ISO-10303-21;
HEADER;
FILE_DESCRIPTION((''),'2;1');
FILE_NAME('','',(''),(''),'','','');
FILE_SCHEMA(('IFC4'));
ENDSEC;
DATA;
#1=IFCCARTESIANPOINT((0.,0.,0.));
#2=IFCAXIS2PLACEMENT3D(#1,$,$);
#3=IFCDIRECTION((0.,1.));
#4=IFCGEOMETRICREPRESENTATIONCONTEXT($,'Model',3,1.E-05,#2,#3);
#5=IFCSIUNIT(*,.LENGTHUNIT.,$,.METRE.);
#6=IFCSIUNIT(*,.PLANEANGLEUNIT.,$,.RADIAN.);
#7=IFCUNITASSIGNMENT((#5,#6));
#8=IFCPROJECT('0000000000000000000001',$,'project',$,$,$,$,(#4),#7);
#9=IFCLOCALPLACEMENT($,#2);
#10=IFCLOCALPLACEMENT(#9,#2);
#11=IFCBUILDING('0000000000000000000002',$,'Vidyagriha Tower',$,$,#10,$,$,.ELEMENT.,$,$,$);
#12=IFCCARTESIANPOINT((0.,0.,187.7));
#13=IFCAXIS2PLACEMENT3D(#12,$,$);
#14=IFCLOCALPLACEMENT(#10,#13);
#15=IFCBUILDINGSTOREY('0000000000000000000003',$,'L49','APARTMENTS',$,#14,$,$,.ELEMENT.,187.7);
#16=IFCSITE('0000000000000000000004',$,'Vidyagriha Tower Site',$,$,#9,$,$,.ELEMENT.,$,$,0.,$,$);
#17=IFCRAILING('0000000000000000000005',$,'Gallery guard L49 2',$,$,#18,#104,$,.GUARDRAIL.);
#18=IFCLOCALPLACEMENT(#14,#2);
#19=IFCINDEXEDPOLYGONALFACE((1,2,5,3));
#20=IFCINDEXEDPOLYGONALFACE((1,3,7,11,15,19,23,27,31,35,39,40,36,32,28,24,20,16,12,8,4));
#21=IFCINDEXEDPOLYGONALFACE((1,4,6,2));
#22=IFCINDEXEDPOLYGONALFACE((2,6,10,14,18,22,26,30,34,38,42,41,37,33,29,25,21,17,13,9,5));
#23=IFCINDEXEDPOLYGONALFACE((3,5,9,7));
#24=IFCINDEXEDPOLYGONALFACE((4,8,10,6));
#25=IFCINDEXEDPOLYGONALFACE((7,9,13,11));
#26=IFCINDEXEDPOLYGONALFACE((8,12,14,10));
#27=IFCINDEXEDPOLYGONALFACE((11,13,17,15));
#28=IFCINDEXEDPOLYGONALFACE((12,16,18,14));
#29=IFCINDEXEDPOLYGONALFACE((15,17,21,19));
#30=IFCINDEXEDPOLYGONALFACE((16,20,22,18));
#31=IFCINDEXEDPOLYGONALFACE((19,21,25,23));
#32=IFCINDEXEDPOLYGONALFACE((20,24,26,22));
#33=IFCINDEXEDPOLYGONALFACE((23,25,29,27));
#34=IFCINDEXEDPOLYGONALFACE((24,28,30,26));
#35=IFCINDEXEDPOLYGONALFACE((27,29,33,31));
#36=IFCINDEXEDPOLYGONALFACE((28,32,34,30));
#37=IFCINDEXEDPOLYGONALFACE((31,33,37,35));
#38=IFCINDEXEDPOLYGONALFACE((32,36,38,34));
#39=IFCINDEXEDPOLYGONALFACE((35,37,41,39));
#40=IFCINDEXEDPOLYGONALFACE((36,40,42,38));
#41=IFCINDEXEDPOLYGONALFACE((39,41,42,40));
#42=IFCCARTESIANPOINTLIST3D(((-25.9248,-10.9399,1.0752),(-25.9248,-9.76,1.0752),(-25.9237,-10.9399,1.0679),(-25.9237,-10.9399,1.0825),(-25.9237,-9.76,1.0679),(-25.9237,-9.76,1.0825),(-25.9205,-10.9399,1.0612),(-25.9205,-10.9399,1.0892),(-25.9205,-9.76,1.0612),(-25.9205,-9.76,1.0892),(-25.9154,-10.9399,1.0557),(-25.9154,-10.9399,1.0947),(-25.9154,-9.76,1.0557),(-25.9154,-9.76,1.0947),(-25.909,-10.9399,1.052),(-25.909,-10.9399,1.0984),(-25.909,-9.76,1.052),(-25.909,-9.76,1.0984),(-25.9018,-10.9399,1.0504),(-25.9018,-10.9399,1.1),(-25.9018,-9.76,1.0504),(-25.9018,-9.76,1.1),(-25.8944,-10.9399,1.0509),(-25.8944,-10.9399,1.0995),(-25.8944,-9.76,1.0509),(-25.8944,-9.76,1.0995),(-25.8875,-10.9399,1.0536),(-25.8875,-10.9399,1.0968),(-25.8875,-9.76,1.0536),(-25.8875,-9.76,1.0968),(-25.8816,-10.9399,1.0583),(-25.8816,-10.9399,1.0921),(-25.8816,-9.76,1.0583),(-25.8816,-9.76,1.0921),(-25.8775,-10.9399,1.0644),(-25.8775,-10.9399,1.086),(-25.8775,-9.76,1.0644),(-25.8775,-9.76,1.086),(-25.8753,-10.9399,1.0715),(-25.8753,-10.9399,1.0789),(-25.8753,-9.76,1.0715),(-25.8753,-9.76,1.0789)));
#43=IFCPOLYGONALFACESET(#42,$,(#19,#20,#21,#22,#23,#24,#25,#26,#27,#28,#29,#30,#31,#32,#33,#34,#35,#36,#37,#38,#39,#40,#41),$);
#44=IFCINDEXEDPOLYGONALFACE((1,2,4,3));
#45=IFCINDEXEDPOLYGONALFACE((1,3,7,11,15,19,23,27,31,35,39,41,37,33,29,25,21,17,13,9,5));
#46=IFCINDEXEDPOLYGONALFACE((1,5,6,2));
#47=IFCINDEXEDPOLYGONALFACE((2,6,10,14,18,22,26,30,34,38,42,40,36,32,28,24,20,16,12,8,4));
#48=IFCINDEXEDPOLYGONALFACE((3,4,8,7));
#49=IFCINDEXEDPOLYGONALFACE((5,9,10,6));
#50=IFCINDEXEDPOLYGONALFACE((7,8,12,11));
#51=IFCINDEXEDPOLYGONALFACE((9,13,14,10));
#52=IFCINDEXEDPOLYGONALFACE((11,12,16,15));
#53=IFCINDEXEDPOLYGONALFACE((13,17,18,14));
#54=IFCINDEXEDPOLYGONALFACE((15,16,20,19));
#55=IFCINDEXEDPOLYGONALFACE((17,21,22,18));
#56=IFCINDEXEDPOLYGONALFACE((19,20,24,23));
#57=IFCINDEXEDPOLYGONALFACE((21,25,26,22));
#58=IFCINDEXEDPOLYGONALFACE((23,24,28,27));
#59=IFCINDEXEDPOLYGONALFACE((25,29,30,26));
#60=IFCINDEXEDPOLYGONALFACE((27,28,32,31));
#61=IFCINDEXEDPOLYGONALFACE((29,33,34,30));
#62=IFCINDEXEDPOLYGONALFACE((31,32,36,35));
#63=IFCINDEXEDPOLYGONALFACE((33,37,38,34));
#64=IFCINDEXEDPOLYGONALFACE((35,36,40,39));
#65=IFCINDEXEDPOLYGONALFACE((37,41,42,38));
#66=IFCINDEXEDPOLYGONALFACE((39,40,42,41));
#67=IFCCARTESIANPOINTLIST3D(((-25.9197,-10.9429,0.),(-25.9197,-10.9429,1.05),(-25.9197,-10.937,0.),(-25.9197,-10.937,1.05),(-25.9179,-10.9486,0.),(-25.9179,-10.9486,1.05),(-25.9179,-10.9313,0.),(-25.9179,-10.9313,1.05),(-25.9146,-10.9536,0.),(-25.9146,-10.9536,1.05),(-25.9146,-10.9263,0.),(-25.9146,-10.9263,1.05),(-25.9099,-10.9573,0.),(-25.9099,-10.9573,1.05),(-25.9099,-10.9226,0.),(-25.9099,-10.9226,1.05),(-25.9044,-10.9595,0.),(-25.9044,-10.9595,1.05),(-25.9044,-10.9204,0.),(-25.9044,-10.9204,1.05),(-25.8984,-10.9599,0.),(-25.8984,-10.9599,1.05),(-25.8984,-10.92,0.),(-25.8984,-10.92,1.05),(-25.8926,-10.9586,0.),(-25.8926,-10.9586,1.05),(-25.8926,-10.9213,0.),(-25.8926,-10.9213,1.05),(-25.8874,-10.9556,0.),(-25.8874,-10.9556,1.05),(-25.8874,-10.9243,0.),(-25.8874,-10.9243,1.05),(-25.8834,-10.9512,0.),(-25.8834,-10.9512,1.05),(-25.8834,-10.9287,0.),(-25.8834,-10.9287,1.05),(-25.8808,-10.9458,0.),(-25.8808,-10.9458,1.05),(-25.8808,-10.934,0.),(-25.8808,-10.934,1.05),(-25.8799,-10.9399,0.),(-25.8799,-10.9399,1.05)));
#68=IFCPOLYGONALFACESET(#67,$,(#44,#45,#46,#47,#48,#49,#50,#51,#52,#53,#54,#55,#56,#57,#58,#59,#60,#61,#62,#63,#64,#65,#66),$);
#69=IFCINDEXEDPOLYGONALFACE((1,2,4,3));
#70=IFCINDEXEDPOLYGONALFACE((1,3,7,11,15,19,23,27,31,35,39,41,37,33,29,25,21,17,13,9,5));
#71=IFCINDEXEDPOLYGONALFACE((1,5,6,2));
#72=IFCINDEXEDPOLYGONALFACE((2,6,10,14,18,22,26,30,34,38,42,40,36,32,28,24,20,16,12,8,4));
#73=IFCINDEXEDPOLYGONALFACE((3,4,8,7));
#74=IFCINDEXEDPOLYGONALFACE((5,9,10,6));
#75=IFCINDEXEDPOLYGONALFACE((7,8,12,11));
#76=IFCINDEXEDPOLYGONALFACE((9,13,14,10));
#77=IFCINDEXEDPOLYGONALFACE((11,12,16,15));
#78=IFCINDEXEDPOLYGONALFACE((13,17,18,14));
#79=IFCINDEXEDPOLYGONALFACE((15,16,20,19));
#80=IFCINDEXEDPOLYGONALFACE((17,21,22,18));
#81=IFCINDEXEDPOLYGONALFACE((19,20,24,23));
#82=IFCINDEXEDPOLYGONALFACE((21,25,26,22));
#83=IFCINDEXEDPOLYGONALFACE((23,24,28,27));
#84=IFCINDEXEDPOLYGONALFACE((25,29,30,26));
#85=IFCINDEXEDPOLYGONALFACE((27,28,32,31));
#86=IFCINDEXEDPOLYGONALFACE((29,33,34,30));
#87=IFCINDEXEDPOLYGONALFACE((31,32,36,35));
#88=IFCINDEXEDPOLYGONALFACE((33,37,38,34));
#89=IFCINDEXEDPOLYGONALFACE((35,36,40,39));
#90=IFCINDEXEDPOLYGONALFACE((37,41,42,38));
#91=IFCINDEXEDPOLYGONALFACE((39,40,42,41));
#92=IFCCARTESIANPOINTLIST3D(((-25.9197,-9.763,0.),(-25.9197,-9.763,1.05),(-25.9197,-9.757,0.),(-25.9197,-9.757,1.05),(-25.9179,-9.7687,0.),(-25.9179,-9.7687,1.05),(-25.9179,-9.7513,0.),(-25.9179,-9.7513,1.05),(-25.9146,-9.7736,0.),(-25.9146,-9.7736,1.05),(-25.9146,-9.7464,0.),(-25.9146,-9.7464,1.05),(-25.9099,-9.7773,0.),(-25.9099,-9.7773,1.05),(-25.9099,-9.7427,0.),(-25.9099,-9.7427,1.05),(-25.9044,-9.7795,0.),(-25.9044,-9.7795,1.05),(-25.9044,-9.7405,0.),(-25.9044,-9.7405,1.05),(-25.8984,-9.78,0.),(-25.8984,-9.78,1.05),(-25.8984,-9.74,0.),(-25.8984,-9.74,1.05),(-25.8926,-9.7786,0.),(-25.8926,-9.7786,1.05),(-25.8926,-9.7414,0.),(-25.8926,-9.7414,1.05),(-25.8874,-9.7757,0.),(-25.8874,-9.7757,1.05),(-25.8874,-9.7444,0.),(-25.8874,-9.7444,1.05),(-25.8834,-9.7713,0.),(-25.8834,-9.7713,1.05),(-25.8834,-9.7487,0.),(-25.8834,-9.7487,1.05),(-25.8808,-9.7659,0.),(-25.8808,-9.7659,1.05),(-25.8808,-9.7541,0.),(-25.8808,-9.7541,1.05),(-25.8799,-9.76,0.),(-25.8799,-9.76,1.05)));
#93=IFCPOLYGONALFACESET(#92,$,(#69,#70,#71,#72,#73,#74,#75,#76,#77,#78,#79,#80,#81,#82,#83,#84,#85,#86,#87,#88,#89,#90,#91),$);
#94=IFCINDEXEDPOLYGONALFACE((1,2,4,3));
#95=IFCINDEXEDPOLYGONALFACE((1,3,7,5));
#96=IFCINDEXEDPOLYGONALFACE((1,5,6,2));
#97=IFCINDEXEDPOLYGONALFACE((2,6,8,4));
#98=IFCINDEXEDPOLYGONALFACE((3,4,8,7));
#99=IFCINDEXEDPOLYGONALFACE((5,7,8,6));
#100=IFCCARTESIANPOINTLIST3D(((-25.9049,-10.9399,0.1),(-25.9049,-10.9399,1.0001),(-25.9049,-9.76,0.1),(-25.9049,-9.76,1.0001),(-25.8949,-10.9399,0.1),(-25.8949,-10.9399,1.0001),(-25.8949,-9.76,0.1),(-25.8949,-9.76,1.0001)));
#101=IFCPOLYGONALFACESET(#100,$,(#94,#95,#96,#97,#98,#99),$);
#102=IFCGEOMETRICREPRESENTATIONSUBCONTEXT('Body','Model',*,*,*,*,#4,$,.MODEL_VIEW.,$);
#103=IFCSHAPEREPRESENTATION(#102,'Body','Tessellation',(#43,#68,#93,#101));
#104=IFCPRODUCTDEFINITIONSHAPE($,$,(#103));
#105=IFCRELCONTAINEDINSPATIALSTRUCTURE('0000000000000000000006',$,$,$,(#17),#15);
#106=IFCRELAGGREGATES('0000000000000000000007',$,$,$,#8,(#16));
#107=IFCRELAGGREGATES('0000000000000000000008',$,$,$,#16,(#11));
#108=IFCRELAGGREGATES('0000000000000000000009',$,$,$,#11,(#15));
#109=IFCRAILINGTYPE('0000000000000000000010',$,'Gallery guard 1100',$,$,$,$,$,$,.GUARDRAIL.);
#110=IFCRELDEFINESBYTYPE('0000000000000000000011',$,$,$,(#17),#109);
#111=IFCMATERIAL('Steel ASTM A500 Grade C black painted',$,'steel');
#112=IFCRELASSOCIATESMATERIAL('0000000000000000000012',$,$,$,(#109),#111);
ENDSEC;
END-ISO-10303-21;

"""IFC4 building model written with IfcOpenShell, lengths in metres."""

from ifc_helpers import new_model, si_unit, direction, frame, origin, origin_2d, place, context, subcontext, project, spatial, rectangle, circle, extrude, material, type_object, element, save


model = new_model("IFC4")

# Units and contexts
model_context = context("Model", 3, precision=1e-05, world=origin(), true_north=direction((0.0, 1.0)))
body_context = subcontext(model_context, "Body", "Model", "MODEL_VIEW")
ifc_project = project(units=[si_unit("LENGTHUNIT", "METRE"), si_unit("PLANEANGLEUNIT", "RADIAN")], contexts=[model_context])

# Site, building, storey
site_placement = place(None, origin())
site = spatial("IfcSite", under=ifc_project, at=site_placement, Name="Vidyagriha Tower Site", CompositionType="ELEMENT", RefElevation=0.0)
building_placement = place(site_placement, origin())
building = spatial("IfcBuilding", under=site, at=building_placement, Name="Vidyagriha Tower", CompositionType="ELEMENT")
storey_placement = place(building_placement, frame((0.0, 0.0, 187.7)))
storey = spatial("IfcBuildingStorey", under=building, at=storey_placement, Name="L49", Description="APARTMENTS", CompositionType="ELEMENT", Elevation=187.7)

# Railing
ifc_material_1 = material(Name="Steel ASTM A500 Grade C black painted", Category="steel")
railing_type_1 = type_object("IfcRailingType", Name="Gallery guard 1100", PredefinedType="GUARDRAIL", material=ifc_material_1)
railing_1_placement = place(storey_placement, frame((-25.8999, -10.9399, 0.0)))
element("IfcRailing", 1, at=railing_1_placement, inside=storey, type_object=railing_type_1, Name="Gallery guard L49 2", PredefinedType="GUARDRAIL", context=body_context, shape_type="SweptSolid", body=[
    extrude(circle(Radius=0.0249, at=origin_2d()), frame((0.0, 0.0, 1.0752), z_axis=(0.0, 1.0, 0.0), x_axis=(-1.0, 0.0, 0.0)), (0.0, 0.0, 1.0), 1.1799),
    extrude(circle(Radius=0.02, at=origin_2d()), origin(), (0.0, 0.0, 1.0), 1.05),
    extrude(circle(Radius=0.02, at=origin_2d()), frame((0.0, 1.1799, 0.0)), (0.0, 0.0, 1.0), 1.05),
    extrude(rectangle(XDim=0.01, YDim=0.9001, at=origin_2d()), frame((0.0, 0.0, 0.55), z_axis=(0.0, 1.0, 0.0), x_axis=(-1.0, 0.0, 0.0)), (0.0, 0.0, 1.0), 1.1799),
])

save(model, "model.ifc")
